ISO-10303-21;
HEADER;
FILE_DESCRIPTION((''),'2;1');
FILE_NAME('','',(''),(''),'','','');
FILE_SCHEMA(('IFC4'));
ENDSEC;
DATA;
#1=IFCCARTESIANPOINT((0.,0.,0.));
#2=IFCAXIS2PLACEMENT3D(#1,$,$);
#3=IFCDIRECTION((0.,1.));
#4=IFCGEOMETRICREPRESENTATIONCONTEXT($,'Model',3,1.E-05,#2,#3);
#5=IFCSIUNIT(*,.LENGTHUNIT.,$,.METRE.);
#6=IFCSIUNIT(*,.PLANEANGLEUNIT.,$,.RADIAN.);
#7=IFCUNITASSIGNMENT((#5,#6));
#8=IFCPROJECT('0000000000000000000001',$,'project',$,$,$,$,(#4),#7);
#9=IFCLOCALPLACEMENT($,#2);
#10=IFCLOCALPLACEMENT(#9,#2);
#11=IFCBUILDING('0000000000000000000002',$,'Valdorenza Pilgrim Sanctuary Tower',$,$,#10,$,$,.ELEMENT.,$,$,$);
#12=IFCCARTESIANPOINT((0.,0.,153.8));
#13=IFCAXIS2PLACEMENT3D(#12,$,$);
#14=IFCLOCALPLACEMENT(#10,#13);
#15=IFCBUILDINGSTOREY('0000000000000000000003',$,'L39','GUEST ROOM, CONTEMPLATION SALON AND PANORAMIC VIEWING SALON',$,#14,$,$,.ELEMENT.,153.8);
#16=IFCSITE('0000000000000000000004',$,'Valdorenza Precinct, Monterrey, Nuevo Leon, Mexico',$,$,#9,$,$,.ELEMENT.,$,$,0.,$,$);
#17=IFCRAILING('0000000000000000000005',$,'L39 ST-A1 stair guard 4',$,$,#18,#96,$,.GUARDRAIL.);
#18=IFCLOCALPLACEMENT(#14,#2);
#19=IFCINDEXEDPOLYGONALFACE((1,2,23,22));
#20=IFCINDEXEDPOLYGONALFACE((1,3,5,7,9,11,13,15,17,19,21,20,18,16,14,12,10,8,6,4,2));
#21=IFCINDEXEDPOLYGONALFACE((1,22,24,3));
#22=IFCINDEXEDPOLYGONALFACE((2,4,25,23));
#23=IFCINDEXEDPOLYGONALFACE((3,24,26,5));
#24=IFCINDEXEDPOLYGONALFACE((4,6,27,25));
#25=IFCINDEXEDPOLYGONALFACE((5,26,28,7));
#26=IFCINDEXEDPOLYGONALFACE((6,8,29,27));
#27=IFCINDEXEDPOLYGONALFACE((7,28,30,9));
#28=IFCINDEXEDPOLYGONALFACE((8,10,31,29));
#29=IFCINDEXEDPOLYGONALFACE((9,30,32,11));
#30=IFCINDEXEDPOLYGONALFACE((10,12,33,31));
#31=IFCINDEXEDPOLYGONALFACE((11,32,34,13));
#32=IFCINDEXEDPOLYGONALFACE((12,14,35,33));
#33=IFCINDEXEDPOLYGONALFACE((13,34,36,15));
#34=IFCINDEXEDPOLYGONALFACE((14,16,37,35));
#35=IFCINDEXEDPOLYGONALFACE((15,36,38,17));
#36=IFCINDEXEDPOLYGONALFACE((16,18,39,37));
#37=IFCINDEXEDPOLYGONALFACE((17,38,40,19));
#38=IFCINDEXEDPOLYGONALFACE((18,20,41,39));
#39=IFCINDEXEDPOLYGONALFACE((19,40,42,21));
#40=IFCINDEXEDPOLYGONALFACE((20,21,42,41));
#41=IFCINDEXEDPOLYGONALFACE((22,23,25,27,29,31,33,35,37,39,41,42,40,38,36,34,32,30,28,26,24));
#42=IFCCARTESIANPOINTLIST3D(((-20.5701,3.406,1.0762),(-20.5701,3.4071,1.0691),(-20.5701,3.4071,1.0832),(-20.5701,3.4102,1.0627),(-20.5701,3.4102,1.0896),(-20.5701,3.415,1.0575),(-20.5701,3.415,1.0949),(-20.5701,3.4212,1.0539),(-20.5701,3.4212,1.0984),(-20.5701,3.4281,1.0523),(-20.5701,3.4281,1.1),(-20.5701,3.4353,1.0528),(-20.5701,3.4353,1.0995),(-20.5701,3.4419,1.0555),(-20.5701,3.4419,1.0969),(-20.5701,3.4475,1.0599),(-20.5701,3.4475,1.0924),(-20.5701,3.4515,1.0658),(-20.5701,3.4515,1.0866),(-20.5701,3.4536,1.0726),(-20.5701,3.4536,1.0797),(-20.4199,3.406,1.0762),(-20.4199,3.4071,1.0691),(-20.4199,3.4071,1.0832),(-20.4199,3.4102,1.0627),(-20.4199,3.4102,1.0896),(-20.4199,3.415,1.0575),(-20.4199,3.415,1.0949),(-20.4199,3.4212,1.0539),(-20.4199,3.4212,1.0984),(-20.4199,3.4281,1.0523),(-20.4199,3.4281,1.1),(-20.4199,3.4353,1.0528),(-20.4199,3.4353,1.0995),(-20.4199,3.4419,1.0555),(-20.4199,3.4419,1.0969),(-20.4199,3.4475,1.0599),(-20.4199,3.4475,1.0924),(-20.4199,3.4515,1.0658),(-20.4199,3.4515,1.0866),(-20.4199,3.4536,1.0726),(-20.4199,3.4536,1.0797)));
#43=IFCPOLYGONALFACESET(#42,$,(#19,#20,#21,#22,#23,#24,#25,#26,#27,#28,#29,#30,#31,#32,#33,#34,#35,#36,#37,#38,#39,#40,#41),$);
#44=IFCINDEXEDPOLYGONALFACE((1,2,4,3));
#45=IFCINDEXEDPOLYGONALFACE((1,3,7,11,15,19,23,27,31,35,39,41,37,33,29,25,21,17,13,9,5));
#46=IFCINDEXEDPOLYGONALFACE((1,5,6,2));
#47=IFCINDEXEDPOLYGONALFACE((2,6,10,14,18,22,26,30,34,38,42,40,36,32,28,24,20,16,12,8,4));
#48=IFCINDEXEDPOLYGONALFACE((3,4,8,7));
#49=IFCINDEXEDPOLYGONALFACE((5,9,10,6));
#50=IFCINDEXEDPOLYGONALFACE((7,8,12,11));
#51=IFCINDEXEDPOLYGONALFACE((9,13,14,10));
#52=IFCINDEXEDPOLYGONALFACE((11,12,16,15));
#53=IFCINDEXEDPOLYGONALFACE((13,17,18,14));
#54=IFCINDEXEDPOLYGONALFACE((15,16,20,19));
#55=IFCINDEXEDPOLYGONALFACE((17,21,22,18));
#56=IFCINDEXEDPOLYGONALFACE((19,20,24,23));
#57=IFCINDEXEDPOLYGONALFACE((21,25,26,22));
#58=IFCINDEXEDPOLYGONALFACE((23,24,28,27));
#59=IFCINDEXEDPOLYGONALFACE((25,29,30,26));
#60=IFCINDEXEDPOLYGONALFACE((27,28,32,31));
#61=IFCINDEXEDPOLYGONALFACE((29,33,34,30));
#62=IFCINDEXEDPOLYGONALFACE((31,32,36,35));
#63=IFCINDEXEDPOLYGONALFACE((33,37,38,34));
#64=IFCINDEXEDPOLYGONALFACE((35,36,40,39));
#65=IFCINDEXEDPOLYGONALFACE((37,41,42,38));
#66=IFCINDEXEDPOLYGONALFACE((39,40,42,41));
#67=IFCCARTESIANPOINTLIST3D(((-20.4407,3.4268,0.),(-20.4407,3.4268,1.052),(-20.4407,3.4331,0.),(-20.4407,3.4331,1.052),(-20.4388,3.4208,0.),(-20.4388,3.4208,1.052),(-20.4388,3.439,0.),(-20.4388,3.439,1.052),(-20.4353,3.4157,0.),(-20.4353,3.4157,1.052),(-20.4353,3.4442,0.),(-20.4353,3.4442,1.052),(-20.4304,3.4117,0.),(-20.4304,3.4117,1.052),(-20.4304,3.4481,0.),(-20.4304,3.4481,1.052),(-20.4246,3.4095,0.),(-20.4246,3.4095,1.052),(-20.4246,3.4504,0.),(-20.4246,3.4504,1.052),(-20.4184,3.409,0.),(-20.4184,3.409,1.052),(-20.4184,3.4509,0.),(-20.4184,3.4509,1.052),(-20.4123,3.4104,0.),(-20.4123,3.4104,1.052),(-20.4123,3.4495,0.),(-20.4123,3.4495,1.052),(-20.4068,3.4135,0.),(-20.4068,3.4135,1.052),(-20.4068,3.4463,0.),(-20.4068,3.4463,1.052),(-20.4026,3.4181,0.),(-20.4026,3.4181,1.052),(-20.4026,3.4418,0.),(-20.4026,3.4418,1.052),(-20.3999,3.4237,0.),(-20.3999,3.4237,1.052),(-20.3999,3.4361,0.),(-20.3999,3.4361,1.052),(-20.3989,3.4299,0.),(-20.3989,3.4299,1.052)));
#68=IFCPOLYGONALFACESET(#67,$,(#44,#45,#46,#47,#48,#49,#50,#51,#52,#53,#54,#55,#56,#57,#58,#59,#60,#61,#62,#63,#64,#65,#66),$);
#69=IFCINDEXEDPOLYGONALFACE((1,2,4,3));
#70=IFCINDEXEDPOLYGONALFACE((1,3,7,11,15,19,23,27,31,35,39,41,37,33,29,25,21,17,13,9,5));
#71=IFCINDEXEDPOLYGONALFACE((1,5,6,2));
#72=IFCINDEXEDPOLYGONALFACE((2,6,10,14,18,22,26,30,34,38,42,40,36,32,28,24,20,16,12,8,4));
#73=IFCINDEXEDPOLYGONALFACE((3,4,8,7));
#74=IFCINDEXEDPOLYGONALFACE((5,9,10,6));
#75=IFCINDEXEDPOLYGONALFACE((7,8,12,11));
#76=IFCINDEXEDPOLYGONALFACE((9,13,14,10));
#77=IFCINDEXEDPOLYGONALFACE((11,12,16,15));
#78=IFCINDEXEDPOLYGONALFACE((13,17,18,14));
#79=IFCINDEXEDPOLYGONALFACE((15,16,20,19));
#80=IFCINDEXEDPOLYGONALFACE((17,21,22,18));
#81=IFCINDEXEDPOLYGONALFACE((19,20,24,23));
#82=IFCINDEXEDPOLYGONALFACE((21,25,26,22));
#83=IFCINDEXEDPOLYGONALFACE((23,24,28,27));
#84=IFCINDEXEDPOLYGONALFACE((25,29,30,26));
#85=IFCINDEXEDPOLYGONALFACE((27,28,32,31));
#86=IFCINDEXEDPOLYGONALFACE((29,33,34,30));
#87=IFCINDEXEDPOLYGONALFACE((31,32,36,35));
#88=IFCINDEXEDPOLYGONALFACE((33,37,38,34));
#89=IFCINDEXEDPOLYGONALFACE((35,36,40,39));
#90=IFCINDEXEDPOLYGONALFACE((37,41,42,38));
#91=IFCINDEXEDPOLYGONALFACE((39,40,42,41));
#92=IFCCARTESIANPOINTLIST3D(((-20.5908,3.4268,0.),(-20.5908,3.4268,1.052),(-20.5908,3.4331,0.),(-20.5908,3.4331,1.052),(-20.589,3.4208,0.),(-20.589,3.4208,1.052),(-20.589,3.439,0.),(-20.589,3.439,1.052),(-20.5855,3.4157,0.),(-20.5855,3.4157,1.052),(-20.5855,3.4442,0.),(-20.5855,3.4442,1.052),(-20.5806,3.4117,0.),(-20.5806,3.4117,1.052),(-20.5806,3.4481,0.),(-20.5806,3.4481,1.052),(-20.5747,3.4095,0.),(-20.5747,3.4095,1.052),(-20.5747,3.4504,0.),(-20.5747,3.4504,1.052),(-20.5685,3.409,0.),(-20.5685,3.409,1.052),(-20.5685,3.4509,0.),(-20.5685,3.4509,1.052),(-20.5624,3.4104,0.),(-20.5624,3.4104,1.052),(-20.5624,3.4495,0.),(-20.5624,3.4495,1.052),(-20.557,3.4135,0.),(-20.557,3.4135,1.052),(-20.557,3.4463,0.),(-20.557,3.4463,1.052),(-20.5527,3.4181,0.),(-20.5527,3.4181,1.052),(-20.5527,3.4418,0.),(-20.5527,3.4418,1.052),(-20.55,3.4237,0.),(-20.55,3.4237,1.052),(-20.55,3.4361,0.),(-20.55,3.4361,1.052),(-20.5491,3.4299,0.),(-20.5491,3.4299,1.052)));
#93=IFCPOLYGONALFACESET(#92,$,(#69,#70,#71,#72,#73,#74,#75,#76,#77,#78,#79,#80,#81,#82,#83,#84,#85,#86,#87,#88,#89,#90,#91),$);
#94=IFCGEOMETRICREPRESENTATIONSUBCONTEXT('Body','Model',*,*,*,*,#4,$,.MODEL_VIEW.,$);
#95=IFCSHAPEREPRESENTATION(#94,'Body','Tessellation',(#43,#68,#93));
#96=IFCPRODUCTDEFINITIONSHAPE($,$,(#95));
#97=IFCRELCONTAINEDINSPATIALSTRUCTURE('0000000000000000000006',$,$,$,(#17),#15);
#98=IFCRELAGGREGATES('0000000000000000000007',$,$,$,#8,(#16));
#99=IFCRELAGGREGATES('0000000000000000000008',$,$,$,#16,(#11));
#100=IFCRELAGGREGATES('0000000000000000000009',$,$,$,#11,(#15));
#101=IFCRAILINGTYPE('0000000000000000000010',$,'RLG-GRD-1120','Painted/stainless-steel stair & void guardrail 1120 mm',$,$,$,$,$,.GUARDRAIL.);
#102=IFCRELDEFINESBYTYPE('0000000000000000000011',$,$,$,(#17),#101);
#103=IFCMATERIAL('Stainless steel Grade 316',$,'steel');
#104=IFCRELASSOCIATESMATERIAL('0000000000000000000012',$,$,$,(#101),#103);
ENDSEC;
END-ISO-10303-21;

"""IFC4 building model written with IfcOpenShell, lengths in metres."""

from ifc_helpers import new_model, si_unit, direction, frame, origin, origin_2d, place, context, subcontext, project, spatial, circle, extrude, material, type_object, element, save


model = new_model("IFC4")

# Units and contexts
model_context = context("Model", 3, precision=1e-05, world=origin(), true_north=direction((0.0, 1.0)))
body_context = subcontext(model_context, "Body", "Model", "MODEL_VIEW")
ifc_project = project(units=[si_unit("LENGTHUNIT", "METRE"), si_unit("PLANEANGLEUNIT", "RADIAN")], contexts=[model_context])

# Site, building, storey
site_placement = place(None, origin())
site = spatial("IfcSite", under=ifc_project, at=site_placement, Name="Valdorenza Precinct, Monterrey, Nuevo Leon, Mexico", CompositionType="ELEMENT", RefElevation=0.0)
building_placement = place(site_placement, origin())
building = spatial("IfcBuilding", under=site, at=building_placement, Name="Valdorenza Pilgrim Sanctuary Tower", CompositionType="ELEMENT")
storey_placement = place(building_placement, frame((0.0, 0.0, 153.8)))
storey = spatial("IfcBuildingStorey", under=building, at=storey_placement, Name="L39", Description="GUEST ROOM, CONTEMPLATION SALON AND PANORAMIC VIEWING SALON", CompositionType="ELEMENT", Elevation=153.8)

# Railing
ifc_material_1 = material(Name="Stainless steel Grade 316", Category="steel")
railing_type_1 = type_object("IfcRailingType", Name="RLG-GRD-1120", Description="Painted/stainless-steel stair & void guardrail 1120 mm", PredefinedType="GUARDRAIL", material=ifc_material_1)
railing_1_placement = place(storey_placement, frame((-20.4199, 3.4299, 0.0)))
element("IfcRailing", 1, at=railing_1_placement, inside=storey, type_object=railing_type_1, Name="L39 ST-A1 stair guard 4", PredefinedType="GUARDRAIL", context=body_context, shape_type="SweptSolid", body=[
    extrude(circle(Radius=0.0239, at=origin_2d()), frame((0.0, 0.0, 1.0762), z_axis=(-1.0, 0.0, 0.0), x_axis=(0.0, -1.0, 0.0)), (0.0, 0.0, 1.0), 0.1501),
    extrude(circle(Radius=0.021, at=origin_2d()), origin(), (0.0, 0.0, 1.0), 1.052),
    extrude(circle(Radius=0.021, at=origin_2d()), frame((-0.1501, 0.0, 0.0)), (0.0, 0.0, 1.0), 1.052),
])

save(model, "model.ifc")
